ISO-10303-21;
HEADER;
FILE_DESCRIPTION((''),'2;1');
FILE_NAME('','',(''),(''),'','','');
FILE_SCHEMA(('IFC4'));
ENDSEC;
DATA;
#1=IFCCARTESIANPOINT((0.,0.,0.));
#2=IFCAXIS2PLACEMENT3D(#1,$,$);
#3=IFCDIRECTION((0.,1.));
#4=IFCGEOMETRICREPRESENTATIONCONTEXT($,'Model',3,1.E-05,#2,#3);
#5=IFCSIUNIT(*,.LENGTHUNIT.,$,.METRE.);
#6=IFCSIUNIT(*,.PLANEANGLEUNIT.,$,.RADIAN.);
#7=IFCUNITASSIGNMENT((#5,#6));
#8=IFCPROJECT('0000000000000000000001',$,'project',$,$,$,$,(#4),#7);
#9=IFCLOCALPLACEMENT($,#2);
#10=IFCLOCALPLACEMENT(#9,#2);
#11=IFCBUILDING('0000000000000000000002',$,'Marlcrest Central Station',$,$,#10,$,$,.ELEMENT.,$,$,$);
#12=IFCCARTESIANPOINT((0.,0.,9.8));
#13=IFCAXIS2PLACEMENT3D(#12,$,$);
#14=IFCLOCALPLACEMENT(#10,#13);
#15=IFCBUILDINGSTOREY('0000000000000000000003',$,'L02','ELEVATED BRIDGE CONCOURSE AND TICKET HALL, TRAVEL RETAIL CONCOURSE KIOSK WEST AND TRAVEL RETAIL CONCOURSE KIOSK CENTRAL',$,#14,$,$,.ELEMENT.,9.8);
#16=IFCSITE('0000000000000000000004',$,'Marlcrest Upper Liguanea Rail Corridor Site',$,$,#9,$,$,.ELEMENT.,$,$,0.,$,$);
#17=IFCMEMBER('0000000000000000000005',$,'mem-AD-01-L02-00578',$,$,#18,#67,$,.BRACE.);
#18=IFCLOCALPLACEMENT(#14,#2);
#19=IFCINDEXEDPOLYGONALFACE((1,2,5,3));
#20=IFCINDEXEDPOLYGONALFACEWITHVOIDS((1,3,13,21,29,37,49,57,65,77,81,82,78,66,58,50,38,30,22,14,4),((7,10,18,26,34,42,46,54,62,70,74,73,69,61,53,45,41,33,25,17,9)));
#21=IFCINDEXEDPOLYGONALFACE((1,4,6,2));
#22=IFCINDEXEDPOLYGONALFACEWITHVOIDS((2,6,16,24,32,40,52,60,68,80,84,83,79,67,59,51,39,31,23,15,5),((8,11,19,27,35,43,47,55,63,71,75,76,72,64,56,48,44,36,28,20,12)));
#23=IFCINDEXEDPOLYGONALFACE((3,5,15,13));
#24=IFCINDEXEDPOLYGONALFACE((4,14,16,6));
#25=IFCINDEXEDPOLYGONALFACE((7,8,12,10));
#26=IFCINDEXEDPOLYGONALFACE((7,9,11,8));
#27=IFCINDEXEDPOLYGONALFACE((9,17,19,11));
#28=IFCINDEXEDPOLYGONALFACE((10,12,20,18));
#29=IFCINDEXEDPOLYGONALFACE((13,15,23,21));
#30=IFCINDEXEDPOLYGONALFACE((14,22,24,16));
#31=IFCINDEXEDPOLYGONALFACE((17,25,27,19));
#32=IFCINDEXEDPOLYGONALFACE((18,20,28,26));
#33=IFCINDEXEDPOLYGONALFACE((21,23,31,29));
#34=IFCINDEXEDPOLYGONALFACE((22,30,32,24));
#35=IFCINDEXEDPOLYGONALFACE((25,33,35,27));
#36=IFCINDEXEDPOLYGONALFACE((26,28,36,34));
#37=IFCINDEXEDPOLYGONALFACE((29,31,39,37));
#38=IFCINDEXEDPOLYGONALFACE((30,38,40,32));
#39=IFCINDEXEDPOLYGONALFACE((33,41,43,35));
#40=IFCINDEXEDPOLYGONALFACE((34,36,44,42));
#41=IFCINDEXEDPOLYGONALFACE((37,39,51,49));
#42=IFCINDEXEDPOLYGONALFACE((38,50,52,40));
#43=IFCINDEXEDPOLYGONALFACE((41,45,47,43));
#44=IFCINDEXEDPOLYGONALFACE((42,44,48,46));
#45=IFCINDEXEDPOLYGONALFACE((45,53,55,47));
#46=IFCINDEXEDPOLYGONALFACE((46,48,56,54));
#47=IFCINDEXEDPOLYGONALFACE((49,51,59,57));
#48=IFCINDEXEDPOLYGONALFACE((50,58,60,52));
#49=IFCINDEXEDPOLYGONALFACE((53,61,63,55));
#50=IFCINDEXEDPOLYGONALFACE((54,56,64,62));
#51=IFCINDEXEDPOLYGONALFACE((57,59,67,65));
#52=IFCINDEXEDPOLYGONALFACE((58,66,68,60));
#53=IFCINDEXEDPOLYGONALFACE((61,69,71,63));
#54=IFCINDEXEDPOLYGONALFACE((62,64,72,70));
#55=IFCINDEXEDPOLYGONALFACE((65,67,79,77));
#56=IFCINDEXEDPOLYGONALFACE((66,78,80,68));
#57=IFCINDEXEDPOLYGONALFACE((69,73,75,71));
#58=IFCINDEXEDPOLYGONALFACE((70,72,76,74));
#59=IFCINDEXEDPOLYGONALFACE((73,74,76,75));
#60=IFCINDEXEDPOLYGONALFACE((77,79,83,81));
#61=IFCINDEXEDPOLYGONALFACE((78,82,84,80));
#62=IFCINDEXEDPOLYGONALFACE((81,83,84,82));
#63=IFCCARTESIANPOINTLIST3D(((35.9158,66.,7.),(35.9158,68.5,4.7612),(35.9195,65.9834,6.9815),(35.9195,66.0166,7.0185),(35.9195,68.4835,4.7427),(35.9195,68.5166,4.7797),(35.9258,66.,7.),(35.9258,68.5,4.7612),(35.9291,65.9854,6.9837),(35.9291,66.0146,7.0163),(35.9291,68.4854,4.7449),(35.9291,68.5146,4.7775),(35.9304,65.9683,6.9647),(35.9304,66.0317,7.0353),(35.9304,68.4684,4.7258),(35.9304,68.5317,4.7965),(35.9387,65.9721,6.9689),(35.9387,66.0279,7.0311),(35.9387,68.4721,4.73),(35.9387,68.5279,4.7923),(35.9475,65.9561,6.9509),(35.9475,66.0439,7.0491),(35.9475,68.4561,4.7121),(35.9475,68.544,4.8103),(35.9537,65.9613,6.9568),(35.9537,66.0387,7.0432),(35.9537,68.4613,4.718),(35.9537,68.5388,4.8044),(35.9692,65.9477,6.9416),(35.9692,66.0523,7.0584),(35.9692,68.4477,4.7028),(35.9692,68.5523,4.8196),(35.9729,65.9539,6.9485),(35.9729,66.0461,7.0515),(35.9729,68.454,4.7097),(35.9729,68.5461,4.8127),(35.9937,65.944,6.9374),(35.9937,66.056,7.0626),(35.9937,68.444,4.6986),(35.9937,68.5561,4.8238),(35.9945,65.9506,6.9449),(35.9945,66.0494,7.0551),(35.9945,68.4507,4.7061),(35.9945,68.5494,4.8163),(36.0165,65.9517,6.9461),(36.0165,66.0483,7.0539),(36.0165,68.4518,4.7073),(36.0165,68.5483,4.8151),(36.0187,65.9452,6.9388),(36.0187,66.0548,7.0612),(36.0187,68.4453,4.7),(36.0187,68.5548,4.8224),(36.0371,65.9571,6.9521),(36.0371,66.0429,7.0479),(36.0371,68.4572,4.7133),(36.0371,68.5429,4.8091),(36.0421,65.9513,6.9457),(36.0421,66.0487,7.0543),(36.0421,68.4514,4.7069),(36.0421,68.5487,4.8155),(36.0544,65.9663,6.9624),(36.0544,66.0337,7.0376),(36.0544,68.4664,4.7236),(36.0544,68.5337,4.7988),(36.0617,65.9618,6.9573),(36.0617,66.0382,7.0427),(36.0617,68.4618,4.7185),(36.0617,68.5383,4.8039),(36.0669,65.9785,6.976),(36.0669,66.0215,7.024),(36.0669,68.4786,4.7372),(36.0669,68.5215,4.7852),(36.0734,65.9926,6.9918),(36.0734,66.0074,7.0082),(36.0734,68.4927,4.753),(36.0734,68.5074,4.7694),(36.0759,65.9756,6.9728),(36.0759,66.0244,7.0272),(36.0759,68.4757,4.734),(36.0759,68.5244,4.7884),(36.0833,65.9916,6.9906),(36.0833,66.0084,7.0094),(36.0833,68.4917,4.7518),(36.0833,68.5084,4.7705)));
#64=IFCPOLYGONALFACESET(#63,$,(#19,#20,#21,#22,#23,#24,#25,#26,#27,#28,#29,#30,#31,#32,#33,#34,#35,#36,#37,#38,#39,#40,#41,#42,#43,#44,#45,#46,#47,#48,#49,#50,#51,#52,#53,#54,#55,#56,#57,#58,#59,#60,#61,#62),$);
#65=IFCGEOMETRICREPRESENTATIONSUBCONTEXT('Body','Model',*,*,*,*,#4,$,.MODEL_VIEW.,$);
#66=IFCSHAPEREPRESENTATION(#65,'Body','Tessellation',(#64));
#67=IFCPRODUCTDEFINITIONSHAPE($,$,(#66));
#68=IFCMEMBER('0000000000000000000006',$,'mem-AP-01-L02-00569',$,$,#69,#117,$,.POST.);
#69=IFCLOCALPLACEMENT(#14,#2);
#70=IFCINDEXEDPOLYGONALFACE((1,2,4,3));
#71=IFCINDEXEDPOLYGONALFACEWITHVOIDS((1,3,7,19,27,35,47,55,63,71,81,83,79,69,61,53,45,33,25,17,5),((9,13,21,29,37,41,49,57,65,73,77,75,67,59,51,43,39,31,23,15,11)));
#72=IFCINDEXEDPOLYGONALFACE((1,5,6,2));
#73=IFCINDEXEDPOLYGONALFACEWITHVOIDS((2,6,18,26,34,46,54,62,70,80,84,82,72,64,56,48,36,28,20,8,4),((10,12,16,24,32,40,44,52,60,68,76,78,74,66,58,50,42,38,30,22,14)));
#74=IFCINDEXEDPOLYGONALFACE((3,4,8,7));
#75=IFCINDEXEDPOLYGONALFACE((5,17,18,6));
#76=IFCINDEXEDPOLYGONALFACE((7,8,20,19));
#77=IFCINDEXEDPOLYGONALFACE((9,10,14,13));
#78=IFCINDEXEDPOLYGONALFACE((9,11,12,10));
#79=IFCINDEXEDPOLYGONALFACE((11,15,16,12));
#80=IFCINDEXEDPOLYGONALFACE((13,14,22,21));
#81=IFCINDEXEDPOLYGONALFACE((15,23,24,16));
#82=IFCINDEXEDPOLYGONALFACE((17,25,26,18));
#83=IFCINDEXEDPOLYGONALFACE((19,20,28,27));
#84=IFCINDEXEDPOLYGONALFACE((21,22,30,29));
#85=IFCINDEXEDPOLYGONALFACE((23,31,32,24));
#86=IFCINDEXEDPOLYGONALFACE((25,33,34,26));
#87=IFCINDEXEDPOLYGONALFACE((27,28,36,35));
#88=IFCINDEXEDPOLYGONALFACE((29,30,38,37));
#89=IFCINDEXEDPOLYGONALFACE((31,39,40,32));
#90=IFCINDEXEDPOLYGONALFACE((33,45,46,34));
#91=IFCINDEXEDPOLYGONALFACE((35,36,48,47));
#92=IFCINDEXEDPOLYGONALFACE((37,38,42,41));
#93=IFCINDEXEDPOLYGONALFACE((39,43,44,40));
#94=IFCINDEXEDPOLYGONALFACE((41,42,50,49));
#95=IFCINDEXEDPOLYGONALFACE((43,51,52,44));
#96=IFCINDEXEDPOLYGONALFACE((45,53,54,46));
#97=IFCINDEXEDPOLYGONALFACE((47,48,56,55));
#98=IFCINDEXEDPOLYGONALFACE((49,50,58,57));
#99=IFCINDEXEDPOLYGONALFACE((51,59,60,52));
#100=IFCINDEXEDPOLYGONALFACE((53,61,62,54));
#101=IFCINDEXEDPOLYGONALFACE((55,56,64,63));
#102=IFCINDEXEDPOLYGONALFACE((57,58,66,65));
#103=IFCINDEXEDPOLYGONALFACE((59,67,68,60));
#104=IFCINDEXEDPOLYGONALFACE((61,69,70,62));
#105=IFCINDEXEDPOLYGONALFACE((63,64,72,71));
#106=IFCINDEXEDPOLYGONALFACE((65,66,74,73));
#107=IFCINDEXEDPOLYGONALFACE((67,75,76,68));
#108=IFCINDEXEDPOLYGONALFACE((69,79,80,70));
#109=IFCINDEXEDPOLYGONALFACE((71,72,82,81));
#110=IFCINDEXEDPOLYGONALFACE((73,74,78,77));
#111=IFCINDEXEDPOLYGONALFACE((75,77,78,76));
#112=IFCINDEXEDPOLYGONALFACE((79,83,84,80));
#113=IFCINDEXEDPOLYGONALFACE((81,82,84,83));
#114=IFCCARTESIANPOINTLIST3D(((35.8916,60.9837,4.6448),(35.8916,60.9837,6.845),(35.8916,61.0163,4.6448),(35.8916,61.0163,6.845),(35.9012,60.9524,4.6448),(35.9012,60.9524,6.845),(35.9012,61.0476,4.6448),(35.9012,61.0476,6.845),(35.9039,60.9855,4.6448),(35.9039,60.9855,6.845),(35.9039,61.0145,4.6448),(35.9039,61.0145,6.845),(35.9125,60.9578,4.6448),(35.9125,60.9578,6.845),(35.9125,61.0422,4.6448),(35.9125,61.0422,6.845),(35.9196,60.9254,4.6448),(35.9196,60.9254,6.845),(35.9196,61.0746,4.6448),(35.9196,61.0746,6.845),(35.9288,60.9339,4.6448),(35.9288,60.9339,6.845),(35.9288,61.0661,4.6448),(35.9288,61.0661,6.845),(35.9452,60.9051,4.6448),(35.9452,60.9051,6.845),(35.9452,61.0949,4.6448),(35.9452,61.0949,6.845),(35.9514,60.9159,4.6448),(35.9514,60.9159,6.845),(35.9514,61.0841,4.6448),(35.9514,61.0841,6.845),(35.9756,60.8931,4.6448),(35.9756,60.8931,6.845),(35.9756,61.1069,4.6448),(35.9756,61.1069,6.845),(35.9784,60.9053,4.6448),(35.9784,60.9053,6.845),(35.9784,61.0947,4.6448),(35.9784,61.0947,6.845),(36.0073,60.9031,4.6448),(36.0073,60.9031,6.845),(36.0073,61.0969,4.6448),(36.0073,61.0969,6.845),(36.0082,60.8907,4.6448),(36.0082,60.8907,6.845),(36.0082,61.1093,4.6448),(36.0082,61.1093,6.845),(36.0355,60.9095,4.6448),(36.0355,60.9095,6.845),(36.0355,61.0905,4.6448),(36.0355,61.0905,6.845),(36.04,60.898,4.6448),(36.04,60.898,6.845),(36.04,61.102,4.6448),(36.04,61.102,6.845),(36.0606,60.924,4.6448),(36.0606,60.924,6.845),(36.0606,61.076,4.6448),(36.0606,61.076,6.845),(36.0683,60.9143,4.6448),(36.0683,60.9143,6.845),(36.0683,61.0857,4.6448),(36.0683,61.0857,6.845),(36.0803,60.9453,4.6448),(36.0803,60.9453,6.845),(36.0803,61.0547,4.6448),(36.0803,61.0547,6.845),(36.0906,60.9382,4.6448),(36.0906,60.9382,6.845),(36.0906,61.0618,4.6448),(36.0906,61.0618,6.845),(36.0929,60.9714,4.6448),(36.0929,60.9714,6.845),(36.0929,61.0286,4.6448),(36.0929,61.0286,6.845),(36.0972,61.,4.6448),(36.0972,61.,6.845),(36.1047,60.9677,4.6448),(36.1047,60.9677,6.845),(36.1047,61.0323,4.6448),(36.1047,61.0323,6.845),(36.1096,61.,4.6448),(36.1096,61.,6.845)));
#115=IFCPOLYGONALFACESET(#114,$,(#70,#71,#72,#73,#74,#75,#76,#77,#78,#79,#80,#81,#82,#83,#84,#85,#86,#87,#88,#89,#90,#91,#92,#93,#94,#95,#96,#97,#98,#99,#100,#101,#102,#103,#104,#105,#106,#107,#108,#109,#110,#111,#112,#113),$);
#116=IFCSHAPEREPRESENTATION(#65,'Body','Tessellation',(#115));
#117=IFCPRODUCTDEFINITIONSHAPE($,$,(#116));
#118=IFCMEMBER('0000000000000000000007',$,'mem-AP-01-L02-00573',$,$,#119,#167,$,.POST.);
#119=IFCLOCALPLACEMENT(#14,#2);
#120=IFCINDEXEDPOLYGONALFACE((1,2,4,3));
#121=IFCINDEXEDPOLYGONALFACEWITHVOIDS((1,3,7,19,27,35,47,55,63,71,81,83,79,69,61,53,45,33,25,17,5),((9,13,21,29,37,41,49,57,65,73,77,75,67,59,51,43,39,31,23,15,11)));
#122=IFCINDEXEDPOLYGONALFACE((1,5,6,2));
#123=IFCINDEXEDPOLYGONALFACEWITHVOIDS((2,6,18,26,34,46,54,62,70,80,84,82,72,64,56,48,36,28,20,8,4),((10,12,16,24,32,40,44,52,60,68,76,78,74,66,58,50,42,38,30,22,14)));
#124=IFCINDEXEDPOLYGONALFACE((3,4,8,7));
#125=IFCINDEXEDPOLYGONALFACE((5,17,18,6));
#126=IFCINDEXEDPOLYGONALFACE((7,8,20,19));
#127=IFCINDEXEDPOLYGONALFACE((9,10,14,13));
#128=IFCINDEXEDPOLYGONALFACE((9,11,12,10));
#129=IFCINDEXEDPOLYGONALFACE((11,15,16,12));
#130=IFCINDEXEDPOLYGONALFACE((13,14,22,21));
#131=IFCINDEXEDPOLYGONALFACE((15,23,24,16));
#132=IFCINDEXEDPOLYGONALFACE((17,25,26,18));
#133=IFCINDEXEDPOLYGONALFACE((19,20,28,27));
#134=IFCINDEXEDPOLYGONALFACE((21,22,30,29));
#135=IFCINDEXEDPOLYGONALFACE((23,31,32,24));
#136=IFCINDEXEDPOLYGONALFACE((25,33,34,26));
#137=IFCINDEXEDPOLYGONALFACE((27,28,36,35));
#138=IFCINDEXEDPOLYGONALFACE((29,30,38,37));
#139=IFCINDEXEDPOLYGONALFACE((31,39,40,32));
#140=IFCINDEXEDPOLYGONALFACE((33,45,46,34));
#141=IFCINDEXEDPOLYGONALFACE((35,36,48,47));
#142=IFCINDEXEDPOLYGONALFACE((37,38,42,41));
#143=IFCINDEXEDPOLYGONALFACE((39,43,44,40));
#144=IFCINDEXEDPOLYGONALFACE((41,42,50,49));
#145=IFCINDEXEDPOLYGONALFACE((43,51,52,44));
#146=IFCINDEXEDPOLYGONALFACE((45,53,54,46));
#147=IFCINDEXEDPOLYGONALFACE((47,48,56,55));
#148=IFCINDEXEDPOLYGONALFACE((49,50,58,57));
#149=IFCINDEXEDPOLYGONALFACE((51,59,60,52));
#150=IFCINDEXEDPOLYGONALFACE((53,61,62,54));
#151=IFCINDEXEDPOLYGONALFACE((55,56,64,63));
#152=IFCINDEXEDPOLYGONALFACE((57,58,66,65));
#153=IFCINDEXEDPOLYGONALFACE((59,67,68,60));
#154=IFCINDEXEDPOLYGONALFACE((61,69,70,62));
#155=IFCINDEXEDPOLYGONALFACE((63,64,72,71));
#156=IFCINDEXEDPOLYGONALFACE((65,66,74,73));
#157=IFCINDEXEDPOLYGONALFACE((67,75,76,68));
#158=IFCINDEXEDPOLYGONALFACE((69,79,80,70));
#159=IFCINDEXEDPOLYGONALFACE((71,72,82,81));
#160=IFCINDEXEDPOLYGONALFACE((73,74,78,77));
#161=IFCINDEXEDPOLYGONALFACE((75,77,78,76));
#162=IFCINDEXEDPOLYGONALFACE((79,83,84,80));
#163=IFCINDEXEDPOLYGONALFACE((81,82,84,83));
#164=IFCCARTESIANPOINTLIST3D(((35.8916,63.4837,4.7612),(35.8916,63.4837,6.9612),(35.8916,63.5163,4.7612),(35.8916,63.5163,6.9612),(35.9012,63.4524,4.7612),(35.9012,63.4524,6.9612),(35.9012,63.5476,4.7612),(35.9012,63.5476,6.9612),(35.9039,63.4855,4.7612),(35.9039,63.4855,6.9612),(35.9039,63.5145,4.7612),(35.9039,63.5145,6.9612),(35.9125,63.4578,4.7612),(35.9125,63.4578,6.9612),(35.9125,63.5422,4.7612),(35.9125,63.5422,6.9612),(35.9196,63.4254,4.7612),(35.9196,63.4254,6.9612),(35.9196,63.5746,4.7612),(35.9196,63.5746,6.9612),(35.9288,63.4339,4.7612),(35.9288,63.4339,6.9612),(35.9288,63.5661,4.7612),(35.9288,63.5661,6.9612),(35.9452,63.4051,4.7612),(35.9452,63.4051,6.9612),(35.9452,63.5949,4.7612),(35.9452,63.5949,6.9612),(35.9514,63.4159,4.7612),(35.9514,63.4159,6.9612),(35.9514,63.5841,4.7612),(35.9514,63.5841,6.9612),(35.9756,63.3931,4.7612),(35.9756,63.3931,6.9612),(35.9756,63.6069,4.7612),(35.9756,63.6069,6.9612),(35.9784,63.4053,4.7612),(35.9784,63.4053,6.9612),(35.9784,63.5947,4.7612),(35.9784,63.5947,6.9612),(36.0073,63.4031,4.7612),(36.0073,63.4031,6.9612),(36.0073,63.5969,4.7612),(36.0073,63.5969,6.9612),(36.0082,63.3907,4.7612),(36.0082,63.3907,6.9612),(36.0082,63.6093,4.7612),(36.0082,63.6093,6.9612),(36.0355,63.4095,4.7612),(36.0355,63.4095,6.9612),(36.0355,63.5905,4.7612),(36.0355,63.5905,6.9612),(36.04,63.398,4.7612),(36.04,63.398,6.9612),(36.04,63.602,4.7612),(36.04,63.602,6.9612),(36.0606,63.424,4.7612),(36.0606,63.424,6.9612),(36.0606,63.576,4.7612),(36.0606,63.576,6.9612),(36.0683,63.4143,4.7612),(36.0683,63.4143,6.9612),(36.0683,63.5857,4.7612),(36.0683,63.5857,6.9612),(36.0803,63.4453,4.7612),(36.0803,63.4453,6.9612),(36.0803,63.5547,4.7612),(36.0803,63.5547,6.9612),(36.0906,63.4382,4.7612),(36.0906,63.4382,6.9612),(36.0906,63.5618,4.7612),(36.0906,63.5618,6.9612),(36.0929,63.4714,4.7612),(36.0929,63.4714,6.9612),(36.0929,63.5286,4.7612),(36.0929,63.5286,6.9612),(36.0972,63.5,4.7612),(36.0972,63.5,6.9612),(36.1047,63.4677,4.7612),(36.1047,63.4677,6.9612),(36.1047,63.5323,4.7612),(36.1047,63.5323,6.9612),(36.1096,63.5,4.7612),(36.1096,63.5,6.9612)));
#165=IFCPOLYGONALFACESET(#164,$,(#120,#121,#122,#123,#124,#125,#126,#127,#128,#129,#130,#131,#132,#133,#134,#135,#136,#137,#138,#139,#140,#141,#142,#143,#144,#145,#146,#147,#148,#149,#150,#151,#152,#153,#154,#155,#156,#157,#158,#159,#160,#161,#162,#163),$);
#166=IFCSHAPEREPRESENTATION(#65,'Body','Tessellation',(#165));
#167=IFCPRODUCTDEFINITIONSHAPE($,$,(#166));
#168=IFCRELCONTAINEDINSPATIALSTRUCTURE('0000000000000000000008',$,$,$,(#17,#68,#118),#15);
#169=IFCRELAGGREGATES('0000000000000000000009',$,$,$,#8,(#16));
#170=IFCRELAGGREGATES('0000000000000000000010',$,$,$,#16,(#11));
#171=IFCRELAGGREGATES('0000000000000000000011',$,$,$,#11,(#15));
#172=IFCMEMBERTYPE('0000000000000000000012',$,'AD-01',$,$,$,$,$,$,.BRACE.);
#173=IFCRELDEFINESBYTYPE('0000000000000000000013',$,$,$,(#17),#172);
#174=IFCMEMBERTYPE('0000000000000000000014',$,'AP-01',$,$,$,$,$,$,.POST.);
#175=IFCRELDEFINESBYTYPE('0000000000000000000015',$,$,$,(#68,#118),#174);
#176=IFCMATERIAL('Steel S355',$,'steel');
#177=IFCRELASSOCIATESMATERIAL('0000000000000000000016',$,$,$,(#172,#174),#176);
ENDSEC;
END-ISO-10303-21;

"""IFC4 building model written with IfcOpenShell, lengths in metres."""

from ifc_helpers import new_model, si_unit, direction, frame, origin, origin_2d, place, context, subcontext, project, spatial, hollow_circle, extrude, material, material_profile, profile_set, type_object, element, save


model = new_model("IFC4")

# Units and contexts
model_context = context("Model", 3, precision=1e-05, world=origin(), true_north=direction((0.0, 1.0)))
body_context = subcontext(model_context, "Body", "Model", "MODEL_VIEW")
ifc_project = project(units=[si_unit("LENGTHUNIT", "METRE"), si_unit("PLANEANGLEUNIT", "RADIAN")], contexts=[model_context])

# Site, building, storey
site_placement = place(None, origin())
site = spatial("IfcSite", under=ifc_project, at=site_placement, Name="Marlcrest Upper Liguanea Rail Corridor Site", CompositionType="ELEMENT", RefElevation=0.0)
building_placement = place(site_placement, origin())
building = spatial("IfcBuilding", under=site, at=building_placement, Name="Marlcrest Central Station", CompositionType="ELEMENT")
storey_placement = place(building_placement, frame((0.0, 0.0, 9.8)))
storey = spatial("IfcBuildingStorey", under=building, at=storey_placement, Name="L02", Description="ELEVATED BRIDGE CONCOURSE AND TICKET HALL, TRAVEL RETAIL CONCOURSE KIOSK WEST AND TRAVEL RETAIL CONCOURSE KIOSK CENTRAL", CompositionType="ELEMENT", Elevation=9.8)

# Members
ifc_material = material(Name="Steel S355", Category="steel")
ifc_material_profile_1 = material_profile(ifc_material, hollow_circle(Radius=0.0842, WallThickness=0.01, at=origin_2d()), Name="CHS 168.3x10")
ifc_profile_set_1 = profile_set([ifc_material_profile_1], Name="Steel S355")
member_type_1 = type_object("IfcMemberType", Name="AD-01", PredefinedType="BRACE", material=ifc_profile_set_1)
for number, where, z_axis, x_axis, name in (
    (1, (36.0, 66.0, 7.0), (0.0, 0.744956, -0.667114), (-1.0, 0.0, 0.0), "mem-AD-01-L02-00578"),
):
    element("IfcMember", number, at=place(storey_placement, frame(where, z_axis=z_axis, x_axis=x_axis)), inside=storey, type_object=member_type_1, Name=name, PredefinedType="BRACE", context=body_context, shape_type="SweptSolid", body=[
        extrude(hollow_circle(Radius=0.0842, WallThickness=0.01, at=origin_2d()), origin(), (0.0, 0.0, 1.0), 3.356),
    ])
ifc_material_profile_2 = material_profile(ifc_material, hollow_circle(Radius=0.1096, WallThickness=0.0125, at=origin_2d()), Name="CHS 219.1x12.5")
ifc_profile_set_2 = profile_set([ifc_material_profile_2], Name="Steel S355")
member_type_2 = type_object("IfcMemberType", Name="AP-01", PredefinedType="POST", material=ifc_profile_set_2)
member_1_placement = place(storey_placement, frame((36.0, 61.0, 4.6448), z_axis=(0.0, 0.0, 1.0), x_axis=(1.0, 0.0, 0.0)))
element("IfcMember", 2, at=member_1_placement, inside=storey, type_object=member_type_2, Name="mem-AP-01-L02-00569", PredefinedType="POST", context=body_context, shape_type="SweptSolid", body=[
    extrude(hollow_circle(Radius=0.1096, WallThickness=0.0125, at=origin_2d()), origin(), (0.0, 0.0, 1.0), 2.2002),
])
for number, where, z_axis, x_axis, name in (
    (3, (36.0, 63.5, 4.7612), (0.0, 0.0, 1.0), (1.0, 0.0, 0.0), "mem-AP-01-L02-00573"),
):
    element("IfcMember", number, at=place(storey_placement, frame(where, z_axis=z_axis, x_axis=x_axis)), inside=storey, type_object=member_type_2, Name=name, PredefinedType="POST", context=body_context, shape_type="SweptSolid", body=[
        extrude(hollow_circle(Radius=0.1096, WallThickness=0.0125, at=origin_2d()), origin(), (0.0, 0.0, 1.0), 2.2),
    ])

save(model, "model.ifc")
